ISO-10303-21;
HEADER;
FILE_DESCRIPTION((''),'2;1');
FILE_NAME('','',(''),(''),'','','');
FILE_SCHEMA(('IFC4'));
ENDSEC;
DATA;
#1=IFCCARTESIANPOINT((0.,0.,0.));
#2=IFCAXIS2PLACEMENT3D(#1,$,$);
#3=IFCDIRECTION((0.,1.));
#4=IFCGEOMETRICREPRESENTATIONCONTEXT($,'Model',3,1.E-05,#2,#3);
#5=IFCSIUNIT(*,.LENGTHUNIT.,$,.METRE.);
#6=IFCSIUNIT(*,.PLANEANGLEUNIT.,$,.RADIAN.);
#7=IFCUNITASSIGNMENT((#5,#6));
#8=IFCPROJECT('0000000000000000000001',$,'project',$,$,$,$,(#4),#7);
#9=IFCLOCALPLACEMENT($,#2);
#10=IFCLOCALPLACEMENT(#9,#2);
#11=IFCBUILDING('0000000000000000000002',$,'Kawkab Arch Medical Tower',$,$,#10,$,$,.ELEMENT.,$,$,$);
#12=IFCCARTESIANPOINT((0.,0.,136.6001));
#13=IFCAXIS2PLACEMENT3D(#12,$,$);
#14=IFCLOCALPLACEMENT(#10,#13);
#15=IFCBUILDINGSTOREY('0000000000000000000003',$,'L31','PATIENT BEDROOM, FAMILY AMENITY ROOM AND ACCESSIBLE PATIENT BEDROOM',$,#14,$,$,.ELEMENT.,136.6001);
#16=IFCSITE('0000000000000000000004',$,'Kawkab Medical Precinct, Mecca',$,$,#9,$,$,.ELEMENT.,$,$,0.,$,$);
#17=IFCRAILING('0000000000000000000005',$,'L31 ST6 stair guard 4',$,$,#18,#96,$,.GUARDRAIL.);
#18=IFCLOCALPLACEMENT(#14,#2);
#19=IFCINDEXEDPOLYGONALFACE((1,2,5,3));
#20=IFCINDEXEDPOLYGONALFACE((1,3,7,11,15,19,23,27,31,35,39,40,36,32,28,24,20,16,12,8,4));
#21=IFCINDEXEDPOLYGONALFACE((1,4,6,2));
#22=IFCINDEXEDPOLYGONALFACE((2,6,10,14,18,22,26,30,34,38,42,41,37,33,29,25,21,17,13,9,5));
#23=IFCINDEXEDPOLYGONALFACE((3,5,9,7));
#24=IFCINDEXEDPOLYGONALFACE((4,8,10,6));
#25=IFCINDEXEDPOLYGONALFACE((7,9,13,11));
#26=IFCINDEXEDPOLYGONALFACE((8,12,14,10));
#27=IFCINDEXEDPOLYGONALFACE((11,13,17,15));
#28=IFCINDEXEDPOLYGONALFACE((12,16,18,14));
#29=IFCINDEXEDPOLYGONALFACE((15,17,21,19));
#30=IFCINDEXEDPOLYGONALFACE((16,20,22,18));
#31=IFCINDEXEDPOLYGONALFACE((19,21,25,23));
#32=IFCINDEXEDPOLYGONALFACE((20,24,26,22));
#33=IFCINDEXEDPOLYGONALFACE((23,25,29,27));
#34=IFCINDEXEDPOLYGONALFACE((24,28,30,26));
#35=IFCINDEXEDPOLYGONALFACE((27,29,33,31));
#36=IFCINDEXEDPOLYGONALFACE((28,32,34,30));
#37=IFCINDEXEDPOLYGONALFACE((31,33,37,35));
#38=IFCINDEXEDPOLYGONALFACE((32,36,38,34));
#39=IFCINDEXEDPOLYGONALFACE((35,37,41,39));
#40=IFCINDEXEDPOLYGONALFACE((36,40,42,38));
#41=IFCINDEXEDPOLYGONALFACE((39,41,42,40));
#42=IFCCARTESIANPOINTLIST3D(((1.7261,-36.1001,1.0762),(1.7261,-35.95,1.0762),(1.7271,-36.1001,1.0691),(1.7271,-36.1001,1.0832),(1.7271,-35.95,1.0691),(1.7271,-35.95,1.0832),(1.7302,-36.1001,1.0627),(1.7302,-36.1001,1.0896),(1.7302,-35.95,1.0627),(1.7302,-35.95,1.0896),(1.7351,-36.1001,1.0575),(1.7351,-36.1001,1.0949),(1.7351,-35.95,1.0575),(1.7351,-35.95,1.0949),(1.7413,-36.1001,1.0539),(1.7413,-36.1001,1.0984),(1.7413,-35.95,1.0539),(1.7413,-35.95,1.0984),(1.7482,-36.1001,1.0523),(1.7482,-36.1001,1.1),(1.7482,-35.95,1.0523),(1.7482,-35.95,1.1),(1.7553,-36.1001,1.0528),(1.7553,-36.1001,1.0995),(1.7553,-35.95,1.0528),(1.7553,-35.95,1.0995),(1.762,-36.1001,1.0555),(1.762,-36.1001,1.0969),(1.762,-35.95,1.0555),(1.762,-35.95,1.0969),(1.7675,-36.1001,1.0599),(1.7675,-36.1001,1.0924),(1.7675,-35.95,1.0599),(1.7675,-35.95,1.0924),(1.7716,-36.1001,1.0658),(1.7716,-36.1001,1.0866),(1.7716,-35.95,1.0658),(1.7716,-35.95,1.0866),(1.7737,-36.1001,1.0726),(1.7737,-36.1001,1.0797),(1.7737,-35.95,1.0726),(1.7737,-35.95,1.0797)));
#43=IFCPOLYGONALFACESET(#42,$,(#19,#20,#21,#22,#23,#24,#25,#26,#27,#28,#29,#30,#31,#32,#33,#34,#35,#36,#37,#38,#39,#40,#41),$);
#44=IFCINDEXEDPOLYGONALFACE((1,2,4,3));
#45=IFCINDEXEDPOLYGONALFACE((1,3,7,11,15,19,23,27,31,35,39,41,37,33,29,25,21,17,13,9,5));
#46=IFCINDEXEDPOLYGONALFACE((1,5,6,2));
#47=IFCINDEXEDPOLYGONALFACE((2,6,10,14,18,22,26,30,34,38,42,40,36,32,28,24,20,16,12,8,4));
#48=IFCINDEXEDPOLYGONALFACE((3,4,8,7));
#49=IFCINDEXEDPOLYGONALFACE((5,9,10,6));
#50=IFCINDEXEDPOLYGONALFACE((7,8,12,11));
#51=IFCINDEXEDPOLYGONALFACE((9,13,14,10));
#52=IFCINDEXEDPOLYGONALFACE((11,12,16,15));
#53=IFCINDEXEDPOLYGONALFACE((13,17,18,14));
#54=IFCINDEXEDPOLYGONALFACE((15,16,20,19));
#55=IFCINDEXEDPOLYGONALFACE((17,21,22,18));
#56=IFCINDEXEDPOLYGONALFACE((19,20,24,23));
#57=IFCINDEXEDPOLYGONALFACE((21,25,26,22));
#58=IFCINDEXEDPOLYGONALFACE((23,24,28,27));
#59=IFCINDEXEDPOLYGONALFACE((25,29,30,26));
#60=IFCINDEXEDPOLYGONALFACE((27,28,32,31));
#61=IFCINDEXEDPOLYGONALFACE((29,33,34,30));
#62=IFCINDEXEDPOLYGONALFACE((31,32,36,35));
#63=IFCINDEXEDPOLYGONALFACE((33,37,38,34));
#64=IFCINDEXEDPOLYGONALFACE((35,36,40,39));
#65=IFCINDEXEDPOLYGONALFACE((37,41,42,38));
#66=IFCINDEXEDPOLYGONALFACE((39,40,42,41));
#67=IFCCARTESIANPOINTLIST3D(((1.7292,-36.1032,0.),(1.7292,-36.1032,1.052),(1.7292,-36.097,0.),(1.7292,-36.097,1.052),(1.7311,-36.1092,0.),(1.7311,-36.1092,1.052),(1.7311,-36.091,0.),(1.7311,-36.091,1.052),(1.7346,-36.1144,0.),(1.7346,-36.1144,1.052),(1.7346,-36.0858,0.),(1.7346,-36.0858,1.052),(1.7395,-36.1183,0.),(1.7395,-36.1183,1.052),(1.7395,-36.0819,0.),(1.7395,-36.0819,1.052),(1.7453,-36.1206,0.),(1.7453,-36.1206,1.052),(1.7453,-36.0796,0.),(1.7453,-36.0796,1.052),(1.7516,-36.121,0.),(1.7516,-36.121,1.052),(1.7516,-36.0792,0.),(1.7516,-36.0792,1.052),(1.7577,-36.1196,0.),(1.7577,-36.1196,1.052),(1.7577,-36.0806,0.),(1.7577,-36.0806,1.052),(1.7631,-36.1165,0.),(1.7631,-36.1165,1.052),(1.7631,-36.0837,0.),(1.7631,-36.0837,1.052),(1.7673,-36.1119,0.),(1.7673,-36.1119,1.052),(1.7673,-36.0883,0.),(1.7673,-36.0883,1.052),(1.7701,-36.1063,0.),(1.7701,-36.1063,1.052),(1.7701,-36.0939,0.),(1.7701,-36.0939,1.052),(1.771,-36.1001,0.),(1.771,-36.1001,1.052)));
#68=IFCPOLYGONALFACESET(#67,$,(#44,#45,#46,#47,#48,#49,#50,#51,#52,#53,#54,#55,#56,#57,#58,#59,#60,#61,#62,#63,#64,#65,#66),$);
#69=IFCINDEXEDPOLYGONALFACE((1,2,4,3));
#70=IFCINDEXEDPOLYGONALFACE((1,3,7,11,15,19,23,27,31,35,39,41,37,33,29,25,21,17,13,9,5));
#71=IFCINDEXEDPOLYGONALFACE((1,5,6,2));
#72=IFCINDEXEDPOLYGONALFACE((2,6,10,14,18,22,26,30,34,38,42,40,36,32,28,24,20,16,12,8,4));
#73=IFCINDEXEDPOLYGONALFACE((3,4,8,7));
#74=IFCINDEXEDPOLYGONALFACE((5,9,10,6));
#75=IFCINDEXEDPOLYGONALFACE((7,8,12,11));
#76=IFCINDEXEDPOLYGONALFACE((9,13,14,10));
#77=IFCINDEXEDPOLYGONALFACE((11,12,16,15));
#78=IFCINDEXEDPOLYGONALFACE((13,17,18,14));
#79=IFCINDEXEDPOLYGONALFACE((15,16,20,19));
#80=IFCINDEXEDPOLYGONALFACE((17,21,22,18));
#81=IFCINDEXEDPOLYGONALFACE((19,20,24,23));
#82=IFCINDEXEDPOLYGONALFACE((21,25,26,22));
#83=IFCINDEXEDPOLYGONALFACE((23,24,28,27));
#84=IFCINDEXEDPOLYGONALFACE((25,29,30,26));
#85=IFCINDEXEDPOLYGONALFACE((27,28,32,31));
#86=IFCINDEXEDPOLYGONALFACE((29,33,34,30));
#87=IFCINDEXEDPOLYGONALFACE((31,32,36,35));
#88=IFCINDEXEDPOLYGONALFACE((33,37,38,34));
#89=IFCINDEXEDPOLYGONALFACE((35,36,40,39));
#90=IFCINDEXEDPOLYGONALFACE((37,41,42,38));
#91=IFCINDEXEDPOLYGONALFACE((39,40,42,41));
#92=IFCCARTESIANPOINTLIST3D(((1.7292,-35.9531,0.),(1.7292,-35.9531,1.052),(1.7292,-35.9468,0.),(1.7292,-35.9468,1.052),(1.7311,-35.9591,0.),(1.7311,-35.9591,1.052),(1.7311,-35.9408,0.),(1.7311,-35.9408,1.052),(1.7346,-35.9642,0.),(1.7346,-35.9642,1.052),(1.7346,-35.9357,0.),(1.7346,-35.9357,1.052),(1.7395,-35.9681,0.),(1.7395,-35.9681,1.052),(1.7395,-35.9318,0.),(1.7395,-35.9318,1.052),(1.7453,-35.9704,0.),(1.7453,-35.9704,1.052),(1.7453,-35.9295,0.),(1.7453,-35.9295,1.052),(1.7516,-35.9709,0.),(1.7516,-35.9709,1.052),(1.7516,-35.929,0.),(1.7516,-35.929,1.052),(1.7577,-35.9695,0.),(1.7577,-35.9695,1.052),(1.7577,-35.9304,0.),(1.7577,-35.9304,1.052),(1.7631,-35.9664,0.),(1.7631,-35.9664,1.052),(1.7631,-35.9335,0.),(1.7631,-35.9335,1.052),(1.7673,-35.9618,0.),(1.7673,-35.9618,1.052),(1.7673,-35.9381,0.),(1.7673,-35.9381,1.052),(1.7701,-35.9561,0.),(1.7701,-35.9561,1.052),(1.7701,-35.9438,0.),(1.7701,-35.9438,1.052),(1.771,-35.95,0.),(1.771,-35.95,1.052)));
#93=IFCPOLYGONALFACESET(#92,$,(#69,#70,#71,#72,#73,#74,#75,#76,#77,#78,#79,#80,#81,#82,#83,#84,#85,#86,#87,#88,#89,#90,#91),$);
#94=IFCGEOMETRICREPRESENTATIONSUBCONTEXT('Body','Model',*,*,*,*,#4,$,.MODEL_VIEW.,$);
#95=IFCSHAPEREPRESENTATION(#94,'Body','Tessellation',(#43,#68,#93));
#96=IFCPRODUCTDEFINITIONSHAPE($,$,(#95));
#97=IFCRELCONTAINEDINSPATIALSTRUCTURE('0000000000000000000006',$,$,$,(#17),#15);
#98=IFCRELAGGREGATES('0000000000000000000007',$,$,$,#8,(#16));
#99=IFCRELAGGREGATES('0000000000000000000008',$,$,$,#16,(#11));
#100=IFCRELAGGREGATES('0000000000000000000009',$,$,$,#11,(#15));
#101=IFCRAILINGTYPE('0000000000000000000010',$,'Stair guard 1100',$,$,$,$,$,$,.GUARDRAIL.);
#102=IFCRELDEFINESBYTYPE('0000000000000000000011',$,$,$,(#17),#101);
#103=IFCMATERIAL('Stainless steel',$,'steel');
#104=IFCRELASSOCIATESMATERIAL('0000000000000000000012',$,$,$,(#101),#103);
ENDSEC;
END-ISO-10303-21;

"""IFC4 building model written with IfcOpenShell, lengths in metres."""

from ifc_helpers import new_model, si_unit, direction, frame, origin, origin_2d, place, context, subcontext, project, spatial, circle, extrude, material, type_object, element, save


model = new_model("IFC4")

# Units and contexts
model_context = context("Model", 3, precision=1e-05, world=origin(), true_north=direction((0.0, 1.0)))
body_context = subcontext(model_context, "Body", "Model", "MODEL_VIEW")
ifc_project = project(units=[si_unit("LENGTHUNIT", "METRE"), si_unit("PLANEANGLEUNIT", "RADIAN")], contexts=[model_context])

# Site, building, storey
site_placement = place(None, origin())
site = spatial("IfcSite", under=ifc_project, at=site_placement, Name="Kawkab Medical Precinct, Mecca", CompositionType="ELEMENT", RefElevation=0.0)
building_placement = place(site_placement, origin())
building = spatial("IfcBuilding", under=site, at=building_placement, Name="Kawkab Arch Medical Tower", CompositionType="ELEMENT")
storey_placement = place(building_placement, frame((0.0, 0.0, 136.6001)))
storey = spatial("IfcBuildingStorey", under=building, at=storey_placement, Name="L31", Description="PATIENT BEDROOM, FAMILY AMENITY ROOM AND ACCESSIBLE PATIENT BEDROOM", CompositionType="ELEMENT", Elevation=136.6001)

# Railing
ifc_material_1 = material(Name="Stainless steel", Category="steel")
railing_type = type_object("IfcRailingType", Name="Stair guard 1100", PredefinedType="GUARDRAIL", material=ifc_material_1)
railing_1_placement = place(storey_placement, frame((1.75, -36.1001, 0.0)))
element("IfcRailing", 1, at=railing_1_placement, inside=storey, type_object=railing_type, Name="L31 ST6 stair guard 4", PredefinedType="GUARDRAIL", context=body_context, shape_type="SweptSolid", body=[
    extrude(circle(Radius=0.0239, at=origin_2d()), frame((0.0, 0.0, 1.0762), z_axis=(0.0, 1.0, 0.0), x_axis=(-1.0, 0.0, 0.0)), (0.0, 0.0, 1.0), 0.1501),
    extrude(circle(Radius=0.021, at=origin_2d()), origin(), (0.0, 0.0, 1.0), 1.052),
    extrude(circle(Radius=0.021, at=origin_2d()), frame((0.0, 0.1501, 0.0)), (0.0, 0.0, 1.0), 1.052),
])

save(model, "model.ifc")
